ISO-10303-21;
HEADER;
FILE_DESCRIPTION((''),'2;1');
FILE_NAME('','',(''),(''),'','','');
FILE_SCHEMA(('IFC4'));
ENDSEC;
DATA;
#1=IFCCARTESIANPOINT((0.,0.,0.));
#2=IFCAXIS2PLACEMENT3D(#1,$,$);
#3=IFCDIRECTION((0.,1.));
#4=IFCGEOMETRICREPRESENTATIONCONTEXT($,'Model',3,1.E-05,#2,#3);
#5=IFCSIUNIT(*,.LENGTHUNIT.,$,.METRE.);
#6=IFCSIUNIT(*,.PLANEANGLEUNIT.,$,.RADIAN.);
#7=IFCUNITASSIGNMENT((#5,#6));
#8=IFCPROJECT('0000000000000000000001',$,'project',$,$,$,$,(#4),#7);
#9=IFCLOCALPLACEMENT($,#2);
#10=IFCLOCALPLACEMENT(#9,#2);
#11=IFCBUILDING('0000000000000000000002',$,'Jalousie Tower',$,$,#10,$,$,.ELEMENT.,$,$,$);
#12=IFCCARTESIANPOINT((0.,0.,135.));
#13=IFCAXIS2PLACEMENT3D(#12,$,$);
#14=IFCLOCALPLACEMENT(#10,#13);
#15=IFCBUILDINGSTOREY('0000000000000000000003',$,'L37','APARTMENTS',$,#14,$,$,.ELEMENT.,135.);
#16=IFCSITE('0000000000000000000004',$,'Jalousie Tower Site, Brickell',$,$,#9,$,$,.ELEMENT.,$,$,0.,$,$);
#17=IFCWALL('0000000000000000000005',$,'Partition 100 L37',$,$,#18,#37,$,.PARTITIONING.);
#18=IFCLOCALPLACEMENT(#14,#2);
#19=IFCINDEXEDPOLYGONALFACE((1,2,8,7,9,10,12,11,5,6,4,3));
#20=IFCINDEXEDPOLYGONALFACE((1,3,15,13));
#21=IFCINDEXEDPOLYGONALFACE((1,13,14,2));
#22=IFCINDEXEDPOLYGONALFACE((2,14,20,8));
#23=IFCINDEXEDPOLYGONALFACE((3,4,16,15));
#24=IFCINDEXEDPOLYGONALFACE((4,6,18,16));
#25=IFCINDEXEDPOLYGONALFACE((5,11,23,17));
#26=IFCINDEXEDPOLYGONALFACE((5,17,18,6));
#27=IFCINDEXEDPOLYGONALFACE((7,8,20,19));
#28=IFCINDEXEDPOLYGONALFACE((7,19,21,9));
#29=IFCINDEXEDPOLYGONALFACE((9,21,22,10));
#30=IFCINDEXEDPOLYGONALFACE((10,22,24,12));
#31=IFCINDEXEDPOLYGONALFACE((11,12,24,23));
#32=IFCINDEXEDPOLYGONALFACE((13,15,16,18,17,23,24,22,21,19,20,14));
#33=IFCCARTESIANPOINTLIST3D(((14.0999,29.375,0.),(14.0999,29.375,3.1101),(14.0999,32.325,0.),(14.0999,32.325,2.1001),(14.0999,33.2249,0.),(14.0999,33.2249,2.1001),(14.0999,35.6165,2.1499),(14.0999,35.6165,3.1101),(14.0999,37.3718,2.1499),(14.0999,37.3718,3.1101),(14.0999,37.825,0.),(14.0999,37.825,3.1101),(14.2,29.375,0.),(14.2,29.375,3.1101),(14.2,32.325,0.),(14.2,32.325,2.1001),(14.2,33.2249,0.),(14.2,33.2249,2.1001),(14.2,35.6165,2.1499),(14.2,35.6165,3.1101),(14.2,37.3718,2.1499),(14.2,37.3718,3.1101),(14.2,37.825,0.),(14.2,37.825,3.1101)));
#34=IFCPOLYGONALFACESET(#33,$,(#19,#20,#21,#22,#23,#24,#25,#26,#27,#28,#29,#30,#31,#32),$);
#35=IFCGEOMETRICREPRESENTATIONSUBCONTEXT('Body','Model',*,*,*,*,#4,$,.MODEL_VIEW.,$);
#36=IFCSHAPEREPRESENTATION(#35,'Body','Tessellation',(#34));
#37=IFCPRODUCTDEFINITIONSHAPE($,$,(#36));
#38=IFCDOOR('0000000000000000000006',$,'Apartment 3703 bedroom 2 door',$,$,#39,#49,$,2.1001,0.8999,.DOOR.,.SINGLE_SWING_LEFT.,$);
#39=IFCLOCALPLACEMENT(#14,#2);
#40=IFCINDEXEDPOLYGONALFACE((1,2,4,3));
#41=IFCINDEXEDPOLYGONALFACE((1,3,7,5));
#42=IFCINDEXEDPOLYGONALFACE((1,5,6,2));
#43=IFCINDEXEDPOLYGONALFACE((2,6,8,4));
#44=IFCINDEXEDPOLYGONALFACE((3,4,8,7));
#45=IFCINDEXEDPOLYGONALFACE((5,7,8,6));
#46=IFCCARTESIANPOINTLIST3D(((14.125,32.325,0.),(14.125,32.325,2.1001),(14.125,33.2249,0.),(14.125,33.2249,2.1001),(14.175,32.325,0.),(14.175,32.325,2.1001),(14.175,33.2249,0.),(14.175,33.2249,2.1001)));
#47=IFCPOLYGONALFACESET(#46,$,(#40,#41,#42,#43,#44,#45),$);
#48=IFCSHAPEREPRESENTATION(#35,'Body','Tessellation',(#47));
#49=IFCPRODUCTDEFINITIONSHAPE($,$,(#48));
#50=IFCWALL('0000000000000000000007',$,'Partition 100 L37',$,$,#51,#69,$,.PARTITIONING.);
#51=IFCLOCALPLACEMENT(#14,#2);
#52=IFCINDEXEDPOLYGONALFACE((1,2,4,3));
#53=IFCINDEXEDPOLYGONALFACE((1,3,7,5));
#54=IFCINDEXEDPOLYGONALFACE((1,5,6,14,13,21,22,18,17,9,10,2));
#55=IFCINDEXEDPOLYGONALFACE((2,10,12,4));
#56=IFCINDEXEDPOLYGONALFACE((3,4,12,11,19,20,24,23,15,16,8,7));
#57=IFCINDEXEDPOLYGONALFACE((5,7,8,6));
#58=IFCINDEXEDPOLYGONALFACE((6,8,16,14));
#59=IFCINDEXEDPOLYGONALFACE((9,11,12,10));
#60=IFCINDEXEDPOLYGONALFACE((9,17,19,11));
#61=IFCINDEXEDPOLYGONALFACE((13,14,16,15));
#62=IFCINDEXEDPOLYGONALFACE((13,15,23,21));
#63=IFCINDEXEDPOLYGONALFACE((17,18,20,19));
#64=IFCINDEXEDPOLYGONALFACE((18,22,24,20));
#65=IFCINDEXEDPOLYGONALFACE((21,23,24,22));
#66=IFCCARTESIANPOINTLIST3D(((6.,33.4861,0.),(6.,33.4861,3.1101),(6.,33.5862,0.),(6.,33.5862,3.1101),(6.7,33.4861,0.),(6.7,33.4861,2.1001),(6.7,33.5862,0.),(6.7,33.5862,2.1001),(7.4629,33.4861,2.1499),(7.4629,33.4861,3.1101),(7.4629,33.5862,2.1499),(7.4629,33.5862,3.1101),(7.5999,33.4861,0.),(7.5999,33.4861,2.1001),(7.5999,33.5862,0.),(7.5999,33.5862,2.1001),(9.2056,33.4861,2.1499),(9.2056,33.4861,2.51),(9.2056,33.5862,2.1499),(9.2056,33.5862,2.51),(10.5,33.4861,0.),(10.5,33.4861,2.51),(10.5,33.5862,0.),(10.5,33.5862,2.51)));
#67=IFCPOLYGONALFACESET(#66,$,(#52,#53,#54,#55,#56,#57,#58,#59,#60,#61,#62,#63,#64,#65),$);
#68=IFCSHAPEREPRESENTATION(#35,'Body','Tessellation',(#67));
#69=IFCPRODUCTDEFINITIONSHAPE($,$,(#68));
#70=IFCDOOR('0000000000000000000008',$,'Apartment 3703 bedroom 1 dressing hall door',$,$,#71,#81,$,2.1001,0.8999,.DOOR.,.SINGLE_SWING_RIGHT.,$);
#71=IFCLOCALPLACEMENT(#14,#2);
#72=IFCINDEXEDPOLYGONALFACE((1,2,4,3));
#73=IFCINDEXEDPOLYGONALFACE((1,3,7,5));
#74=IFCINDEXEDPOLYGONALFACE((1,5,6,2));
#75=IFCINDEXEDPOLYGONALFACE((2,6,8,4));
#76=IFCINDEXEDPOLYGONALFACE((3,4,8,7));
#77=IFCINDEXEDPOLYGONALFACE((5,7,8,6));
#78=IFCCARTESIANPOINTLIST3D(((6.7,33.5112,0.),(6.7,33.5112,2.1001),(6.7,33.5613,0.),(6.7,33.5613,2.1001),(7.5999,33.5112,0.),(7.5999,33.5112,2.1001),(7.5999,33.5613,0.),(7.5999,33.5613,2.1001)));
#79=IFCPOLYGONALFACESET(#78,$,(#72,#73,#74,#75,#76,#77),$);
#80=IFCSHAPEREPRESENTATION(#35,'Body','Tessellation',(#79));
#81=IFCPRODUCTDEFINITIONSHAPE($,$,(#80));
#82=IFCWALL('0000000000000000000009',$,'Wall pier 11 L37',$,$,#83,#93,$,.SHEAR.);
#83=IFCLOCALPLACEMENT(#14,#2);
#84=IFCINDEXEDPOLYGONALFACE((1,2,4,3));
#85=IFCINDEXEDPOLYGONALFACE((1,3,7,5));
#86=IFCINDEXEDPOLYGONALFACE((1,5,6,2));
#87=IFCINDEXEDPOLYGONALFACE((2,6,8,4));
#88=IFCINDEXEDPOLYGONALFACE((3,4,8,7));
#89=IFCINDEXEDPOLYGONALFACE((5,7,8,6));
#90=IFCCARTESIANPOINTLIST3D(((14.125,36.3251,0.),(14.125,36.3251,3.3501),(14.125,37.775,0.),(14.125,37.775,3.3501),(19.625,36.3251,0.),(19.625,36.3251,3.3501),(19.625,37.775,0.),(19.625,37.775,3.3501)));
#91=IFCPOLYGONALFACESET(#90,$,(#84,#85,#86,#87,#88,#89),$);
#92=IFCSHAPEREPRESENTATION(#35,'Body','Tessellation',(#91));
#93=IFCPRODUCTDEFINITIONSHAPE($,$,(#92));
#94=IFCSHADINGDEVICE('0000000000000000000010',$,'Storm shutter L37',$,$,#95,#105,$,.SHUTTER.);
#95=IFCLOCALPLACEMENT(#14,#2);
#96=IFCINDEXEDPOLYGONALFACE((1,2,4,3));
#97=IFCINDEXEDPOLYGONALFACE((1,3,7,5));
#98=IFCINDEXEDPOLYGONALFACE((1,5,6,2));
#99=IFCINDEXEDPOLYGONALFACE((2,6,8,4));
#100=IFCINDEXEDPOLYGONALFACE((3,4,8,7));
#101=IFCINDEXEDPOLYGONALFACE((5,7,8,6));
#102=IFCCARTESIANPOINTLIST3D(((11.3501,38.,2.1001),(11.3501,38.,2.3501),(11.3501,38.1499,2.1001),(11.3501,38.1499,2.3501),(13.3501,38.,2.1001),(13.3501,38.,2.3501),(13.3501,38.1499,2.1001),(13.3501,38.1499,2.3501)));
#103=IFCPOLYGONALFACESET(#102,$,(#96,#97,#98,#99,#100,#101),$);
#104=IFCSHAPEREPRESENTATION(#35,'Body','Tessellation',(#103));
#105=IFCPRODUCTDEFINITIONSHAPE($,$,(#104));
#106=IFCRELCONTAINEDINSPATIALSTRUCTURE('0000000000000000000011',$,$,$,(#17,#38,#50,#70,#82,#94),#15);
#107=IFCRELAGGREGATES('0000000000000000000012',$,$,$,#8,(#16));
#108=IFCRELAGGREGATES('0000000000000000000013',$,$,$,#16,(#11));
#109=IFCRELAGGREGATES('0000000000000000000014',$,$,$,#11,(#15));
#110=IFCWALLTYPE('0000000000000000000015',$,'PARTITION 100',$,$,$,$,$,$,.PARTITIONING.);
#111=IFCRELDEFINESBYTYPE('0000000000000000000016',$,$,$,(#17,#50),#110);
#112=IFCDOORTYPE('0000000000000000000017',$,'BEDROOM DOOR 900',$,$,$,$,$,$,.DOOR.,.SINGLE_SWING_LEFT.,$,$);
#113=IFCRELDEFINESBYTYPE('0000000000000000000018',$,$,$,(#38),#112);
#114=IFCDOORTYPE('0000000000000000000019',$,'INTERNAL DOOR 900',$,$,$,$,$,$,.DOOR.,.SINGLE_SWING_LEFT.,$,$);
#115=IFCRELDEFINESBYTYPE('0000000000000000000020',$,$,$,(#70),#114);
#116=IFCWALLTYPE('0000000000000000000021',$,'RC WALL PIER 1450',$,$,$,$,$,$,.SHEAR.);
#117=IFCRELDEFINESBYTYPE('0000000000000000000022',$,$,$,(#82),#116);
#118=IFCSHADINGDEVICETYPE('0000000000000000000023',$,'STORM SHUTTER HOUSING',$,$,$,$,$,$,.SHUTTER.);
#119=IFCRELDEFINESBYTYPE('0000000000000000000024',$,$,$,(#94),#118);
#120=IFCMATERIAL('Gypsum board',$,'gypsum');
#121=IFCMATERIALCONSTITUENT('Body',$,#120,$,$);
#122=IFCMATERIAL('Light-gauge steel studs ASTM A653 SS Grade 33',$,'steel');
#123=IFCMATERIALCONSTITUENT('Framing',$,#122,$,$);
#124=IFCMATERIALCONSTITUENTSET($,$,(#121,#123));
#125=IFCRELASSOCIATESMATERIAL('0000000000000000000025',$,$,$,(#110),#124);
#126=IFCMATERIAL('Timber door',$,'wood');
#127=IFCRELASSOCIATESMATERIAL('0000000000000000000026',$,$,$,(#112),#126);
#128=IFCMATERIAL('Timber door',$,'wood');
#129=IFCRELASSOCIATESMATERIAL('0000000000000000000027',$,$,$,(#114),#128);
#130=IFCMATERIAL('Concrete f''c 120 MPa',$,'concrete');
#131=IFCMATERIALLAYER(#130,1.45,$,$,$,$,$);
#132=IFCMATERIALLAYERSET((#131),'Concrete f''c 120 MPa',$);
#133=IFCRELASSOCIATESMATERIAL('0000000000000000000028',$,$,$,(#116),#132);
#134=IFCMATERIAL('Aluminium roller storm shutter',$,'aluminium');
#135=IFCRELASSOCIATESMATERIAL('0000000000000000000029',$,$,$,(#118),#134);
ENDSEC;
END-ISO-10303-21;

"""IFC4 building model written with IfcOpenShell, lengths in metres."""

from ifc_helpers import new_model, si_unit, direction, frame, frame_2d, origin, origin_2d, place, context, subcontext, project, spatial, polyline, rectangle, outline, extrude, material, layer, layer_set, constituent, constituent_set, type_object, element, fill, save


model = new_model("IFC4")

# Units and contexts
model_context = context("Model", 3, precision=1e-05, world=origin(), true_north=direction((0.0, 1.0)))
body_context = subcontext(model_context, "Body", "Model", "MODEL_VIEW")
ifc_project = project(units=[si_unit("LENGTHUNIT", "METRE"), si_unit("PLANEANGLEUNIT", "RADIAN")], contexts=[model_context])

# Site, building, storey
site_placement = place(None, origin())
site = spatial("IfcSite", under=ifc_project, at=site_placement, Name="Jalousie Tower Site, Brickell", CompositionType="ELEMENT", RefElevation=0.0)
building_placement = place(site_placement, origin())
building = spatial("IfcBuilding", under=site, at=building_placement, Name="Jalousie Tower", CompositionType="ELEMENT")
storey_placement = place(building_placement, frame((0.0, 0.0, 135.0)))
storey = spatial("IfcBuildingStorey", under=building, at=storey_placement, Name="L37", Description="APARTMENTS", CompositionType="ELEMENT", Elevation=135.0)

# Walls, openings, doors
ifc_material_1 = material(Name="Gypsum board", Category="gypsum")
ifc_constituent_1 = constituent(ifc_material_1, Name="Body")
ifc_material_2 = material(Name="Light-gauge steel studs ASTM A653 SS Grade 33", Category="steel")
ifc_constituent_2 = constituent(ifc_material_2, Name="Framing")
ifc_constituent_set_1 = constituent_set(constituents=[ifc_constituent_1, ifc_constituent_2])
wall_type_1 = type_object("IfcWallType", Name="PARTITION 100", PredefinedType="PARTITIONING", material=ifc_constituent_set_1)
ifc_material_3 = material(Name="Timber door", Category="wood")
door_type_1 = type_object("IfcDoorType", Name="BEDROOM DOOR 900", OperationType="SINGLE_SWING_LEFT", PredefinedType="DOOR", material=ifc_material_3)
wall_1_placement = place(storey_placement, frame((14.1499, 37.825, 0.0), z_axis=(0.0, 0.0, 1.0), x_axis=(0.0, -1.0, 0.0)))
wall_1 = element("IfcWall", 1, at=wall_1_placement, inside=storey, type_object=wall_type_1, Name="Partition 100 L37", PredefinedType="PARTITIONING", context=body_context, shape_type="SweptSolid", body=[
    extrude(outline(polyline([(0.0, 0.0), (8.45, 0.0), (8.45, 3.1101), (2.2085, 3.1101), (2.2085, 2.1499), (0.4531, 2.1499), (0.4531, 3.1101), (0.0, 3.1101), (0.0, 0.0)])), frame((0.0, 0.05, 0.0), z_axis=(0.0, -1.0, 0.0), x_axis=(1.0, 0.0, 0.0)), (0.0, 0.0, 1.0), 0.1001),
])
opening_1_placement = place(wall_1_placement, frame((4.6001, 0.0, 0.0)))
opening_1 = element("IfcOpeningElement", 2, at=opening_1_placement, cuts=wall_1, PredefinedType="OPENING", context=body_context, shape_type="SweptSolid", body=[
    extrude(rectangle(XDim=0.8999, YDim=2.1001, at=frame_2d((0.45, 1.05))), frame((0.0, 0.0601, 0.0), z_axis=(0.0, -1.0, 0.0), x_axis=(1.0, 0.0, 0.0)), (0.0, 0.0, 1.0), 0.1201),
])
door_1_placement = place(opening_1_placement, frame((0.8999, 0.0, 0.0), z_axis=(0.0, 0.0, 1.0), x_axis=(-1.0, 0.0, 0.0)))
door_1 = element("IfcDoor", 3, at=door_1_placement, inside=storey, type_object=door_type_1, Name="Apartment 3703 bedroom 2 door", OperationType="SINGLE_SWING_LEFT", OverallHeight=2.1001, OverallWidth=0.8999, PredefinedType="DOOR", context=body_context, shape_type="SweptSolid", body=[
    extrude(rectangle(XDim=0.8999, YDim=2.1001, at=frame_2d((0.45, 1.05))), frame((0.0, 0.0249, 0.0), z_axis=(0.0, -1.0, 0.0), x_axis=(1.0, 0.0, 0.0)), (0.0, 0.0, 1.0), 0.05),
])
fill(opening_1, door_1)
wall_2_placement = place(storey_placement, frame((6.0, 33.5361, 0.0), z_axis=(0.0, 0.0, 1.0), x_axis=(1.0, 0.0, 0.0)))
wall_2 = element("IfcWall", 4, at=wall_2_placement, inside=storey, type_object=wall_type_1, Name="Partition 100 L37", PredefinedType="PARTITIONING", context=body_context, shape_type="SweptSolid", body=[
    extrude(outline(polyline([(0.0, 0.0), (4.5, 0.0), (4.5, 3.1101), (4.5, 2.51), (3.2056, 2.51), (3.2056, 2.1499), (1.4629, 2.1499), (1.4629, 3.1101), (0.0, 3.1101), (0.0, 0.0)])), frame((0.0, 0.05, 0.0), z_axis=(0.0, -1.0, 0.0), x_axis=(1.0, 0.0, 0.0)), (0.0, 0.0, 1.0), 0.1001),
])
opening_2_placement = place(wall_2_placement, frame((0.7, 0.0, 0.0)))
opening_2 = element("IfcOpeningElement", 5, at=opening_2_placement, cuts=wall_2, PredefinedType="OPENING", context=body_context, shape_type="SweptSolid", body=[
    extrude(rectangle(XDim=0.8999, YDim=2.1001, at=frame_2d((0.45, 1.05))), frame((0.0, 0.0601, 0.0), z_axis=(0.0, -1.0, 0.0), x_axis=(1.0, 0.0, 0.0)), (0.0, 0.0, 1.0), 0.1201),
])
ifc_material_4 = material(Name="Timber door", Category="wood")
door_type_2 = type_object("IfcDoorType", Name="INTERNAL DOOR 900", OperationType="SINGLE_SWING_LEFT", PredefinedType="DOOR", material=ifc_material_4)
door_2_placement = place(opening_2_placement, frame((0.8999, 0.0, 0.0), z_axis=(0.0, 0.0, 1.0), x_axis=(-1.0, 0.0, 0.0)))
door_2 = element("IfcDoor", 6, at=door_2_placement, inside=storey, type_object=door_type_2, Name="Apartment 3703 bedroom 1 dressing hall door", OperationType="SINGLE_SWING_RIGHT", OverallHeight=2.1001, OverallWidth=0.8999, PredefinedType="DOOR", context=body_context, shape_type="SweptSolid", body=[
    extrude(rectangle(XDim=0.8999, YDim=2.1001, at=frame_2d((0.45, 1.05))), frame((0.0, 0.0249, 0.0), z_axis=(0.0, -1.0, 0.0), x_axis=(1.0, 0.0, 0.0)), (0.0, 0.0, 1.0), 0.05),
])
fill(opening_2, door_2)

# Wall
ifc_material_5 = material(Name="Concrete f'c 120 MPa", Category="concrete")
ifc_layer_1 = layer(ifc_material_5, 1.45)
ifc_layer_set_1 = layer_set([ifc_layer_1], Name="Concrete f'c 120 MPa")
wall_type_2 = type_object("IfcWallType", Name="RC WALL PIER 1450", PredefinedType="SHEAR", material=ifc_layer_set_1)
wall_3_placement = place(storey_placement, frame((14.125, 37.05, 0.0), z_axis=(0.0, 0.0, 1.0), x_axis=(1.0, 0.0, 0.0)))
element("IfcWall", 7, at=wall_3_placement, inside=storey, type_object=wall_type_2, Name="Wall pier 11 L37", PredefinedType="SHEAR", context=body_context, shape_type="SweptSolid", body=[
    extrude(rectangle(XDim=5.5, YDim=1.45, at=frame_2d((2.75, 0.0))), origin(), (0.0, 0.0, 1.0), 3.3501),
])

# Shading device
ifc_material_6 = material(Name="Aluminium roller storm shutter", Category="aluminium")
shading_device_type = type_object("IfcShadingDeviceType", Name="STORM SHUTTER HOUSING", PredefinedType="SHUTTER", material=ifc_material_6)
shading_device_placement = place(storey_placement, frame((12.3501, 38.075, 2.1001), z_axis=(0.0, 0.0, 1.0), x_axis=(-1.0, 0.0, 0.0)))
element("IfcShadingDevice", 8, at=shading_device_placement, inside=storey, type_object=shading_device_type, Name="Storm shutter L37", PredefinedType="SHUTTER", context=body_context, shape_type="SweptSolid", body=[
    extrude(rectangle(XDim=2.0, YDim=0.1499, at=origin_2d()), origin(), (0.0, 0.0, 1.0), 0.25),
])

save(model, "model.ifc")
